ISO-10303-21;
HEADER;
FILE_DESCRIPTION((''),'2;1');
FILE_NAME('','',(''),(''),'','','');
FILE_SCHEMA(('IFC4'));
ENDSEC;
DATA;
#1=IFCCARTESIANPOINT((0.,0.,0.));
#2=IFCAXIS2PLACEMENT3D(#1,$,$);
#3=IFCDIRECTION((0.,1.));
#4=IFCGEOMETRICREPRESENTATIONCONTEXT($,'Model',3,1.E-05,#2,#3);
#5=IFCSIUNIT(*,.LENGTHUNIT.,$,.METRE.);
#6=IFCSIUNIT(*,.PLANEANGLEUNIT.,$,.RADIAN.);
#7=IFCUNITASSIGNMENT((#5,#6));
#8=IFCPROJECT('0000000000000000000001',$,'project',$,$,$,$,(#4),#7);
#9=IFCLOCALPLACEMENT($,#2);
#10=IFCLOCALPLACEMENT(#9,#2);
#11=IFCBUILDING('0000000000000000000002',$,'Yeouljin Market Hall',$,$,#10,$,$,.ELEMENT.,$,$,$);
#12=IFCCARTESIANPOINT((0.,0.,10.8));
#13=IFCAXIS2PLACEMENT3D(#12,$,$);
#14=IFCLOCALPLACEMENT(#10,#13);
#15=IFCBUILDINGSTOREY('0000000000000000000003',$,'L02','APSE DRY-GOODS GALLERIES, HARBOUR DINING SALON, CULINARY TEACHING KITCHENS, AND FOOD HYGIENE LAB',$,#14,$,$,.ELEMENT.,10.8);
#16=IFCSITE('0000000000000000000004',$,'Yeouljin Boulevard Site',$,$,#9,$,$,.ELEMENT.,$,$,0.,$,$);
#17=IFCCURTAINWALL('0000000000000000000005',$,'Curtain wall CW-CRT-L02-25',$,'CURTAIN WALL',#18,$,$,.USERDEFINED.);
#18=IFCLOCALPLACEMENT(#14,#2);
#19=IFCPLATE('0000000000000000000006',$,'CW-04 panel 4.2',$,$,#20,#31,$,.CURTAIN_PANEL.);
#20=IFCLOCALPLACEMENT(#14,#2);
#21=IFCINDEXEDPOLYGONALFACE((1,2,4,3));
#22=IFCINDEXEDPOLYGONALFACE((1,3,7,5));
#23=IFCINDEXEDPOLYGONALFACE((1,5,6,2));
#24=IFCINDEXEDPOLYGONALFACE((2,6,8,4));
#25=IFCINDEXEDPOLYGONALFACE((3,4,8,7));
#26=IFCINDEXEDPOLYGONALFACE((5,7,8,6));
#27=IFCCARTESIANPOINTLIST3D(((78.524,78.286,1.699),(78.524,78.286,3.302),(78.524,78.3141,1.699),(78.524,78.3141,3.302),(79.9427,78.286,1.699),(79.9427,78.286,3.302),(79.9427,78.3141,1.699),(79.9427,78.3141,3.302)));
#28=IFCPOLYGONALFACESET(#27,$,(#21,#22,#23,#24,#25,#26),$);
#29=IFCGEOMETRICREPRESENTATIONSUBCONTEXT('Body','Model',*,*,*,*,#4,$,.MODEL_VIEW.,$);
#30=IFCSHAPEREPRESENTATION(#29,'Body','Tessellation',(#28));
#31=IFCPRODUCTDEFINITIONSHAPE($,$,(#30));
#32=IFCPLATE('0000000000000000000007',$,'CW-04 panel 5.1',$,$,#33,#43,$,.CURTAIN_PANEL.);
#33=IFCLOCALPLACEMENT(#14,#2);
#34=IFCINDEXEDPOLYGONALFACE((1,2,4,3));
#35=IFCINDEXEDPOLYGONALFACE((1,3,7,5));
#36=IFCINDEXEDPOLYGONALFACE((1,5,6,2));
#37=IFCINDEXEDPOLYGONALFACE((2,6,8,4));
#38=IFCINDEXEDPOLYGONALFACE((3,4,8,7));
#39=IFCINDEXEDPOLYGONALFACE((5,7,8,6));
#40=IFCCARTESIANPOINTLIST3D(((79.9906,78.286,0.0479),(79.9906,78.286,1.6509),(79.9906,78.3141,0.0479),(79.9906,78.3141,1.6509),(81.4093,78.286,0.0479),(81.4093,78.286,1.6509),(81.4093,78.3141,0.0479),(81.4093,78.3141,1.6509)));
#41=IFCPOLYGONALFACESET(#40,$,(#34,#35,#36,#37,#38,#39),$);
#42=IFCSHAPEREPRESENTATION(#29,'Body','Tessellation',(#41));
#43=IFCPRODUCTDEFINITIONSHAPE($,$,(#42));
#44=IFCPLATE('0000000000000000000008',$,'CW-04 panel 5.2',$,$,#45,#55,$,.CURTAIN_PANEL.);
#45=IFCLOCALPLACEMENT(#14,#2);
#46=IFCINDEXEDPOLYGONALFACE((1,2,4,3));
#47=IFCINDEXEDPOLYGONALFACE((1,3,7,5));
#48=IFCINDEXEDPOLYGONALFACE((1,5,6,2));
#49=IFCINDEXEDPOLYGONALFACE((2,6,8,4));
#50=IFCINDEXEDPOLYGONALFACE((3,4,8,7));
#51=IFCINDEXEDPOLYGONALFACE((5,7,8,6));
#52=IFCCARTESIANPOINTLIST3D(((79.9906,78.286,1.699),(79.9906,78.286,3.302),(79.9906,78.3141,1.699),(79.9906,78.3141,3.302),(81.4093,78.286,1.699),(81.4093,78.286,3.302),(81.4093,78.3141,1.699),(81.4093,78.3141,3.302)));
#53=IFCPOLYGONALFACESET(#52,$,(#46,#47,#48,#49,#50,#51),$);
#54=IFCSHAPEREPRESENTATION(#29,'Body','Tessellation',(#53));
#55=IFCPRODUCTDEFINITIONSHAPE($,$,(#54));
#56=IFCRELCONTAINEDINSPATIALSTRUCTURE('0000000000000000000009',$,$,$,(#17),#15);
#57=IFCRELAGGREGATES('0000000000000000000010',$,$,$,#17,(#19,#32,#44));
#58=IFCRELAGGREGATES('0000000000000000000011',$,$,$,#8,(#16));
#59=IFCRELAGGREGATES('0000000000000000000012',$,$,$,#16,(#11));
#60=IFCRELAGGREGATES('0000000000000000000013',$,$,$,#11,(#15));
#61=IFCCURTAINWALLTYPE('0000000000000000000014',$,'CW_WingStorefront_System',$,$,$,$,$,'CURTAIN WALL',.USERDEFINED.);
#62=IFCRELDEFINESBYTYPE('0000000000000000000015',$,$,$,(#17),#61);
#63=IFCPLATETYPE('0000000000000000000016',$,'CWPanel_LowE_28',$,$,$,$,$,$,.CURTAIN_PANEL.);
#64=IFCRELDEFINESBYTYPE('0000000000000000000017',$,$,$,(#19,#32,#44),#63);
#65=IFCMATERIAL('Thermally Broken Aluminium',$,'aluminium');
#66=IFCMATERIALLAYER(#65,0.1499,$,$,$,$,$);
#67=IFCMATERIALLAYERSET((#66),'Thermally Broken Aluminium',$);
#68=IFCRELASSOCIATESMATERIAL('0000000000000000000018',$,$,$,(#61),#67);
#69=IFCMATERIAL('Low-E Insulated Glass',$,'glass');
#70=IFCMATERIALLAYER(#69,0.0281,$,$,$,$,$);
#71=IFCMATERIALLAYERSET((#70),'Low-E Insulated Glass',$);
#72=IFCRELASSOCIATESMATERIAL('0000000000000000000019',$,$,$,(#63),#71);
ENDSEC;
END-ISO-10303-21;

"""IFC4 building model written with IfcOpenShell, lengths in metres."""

from ifc_helpers import new_model, si_unit, direction, frame, origin, origin_2d, place, context, subcontext, project, spatial, rectangle, extrude, material, layer, layer_set, type_object, element, aggregate, save


model = new_model("IFC4")

# Units and contexts
model_context = context("Model", 3, precision=1e-05, world=origin(), true_north=direction((0.0, 1.0)))
body_context = subcontext(model_context, "Body", "Model", "MODEL_VIEW")
ifc_project = project(units=[si_unit("LENGTHUNIT", "METRE"), si_unit("PLANEANGLEUNIT", "RADIAN")], contexts=[model_context])

# Site, building, storey
site_placement = place(None, origin())
site = spatial("IfcSite", under=ifc_project, at=site_placement, Name="Yeouljin Boulevard Site", CompositionType="ELEMENT", RefElevation=0.0)
building_placement = place(site_placement, origin())
building = spatial("IfcBuilding", under=site, at=building_placement, Name="Yeouljin Market Hall", CompositionType="ELEMENT")
storey_placement = place(building_placement, frame((0.0, 0.0, 10.8)))
storey = spatial("IfcBuildingStorey", under=building, at=storey_placement, Name="L02", Description="APSE DRY-GOODS GALLERIES, HARBOUR DINING SALON, CULINARY TEACHING KITCHENS, AND FOOD HYGIENE LAB", CompositionType="ELEMENT", Elevation=10.8)

# Curtain wall
ifc_material_1 = material(Name="Thermally Broken Aluminium", Category="aluminium")
ifc_layer_1 = layer(ifc_material_1, 0.1499)
ifc_layer_set_1 = layer_set([ifc_layer_1], Name="Thermally Broken Aluminium")
curtain_wall_type = type_object("IfcCurtainWallType", Name="CW_WingStorefront_System", ElementType="CURTAIN WALL", PredefinedType="USERDEFINED", material=ifc_layer_set_1)
curtain_wall_placement = place(storey_placement, origin())
curtain_wall = element("IfcCurtainWall", 1, at=curtain_wall_placement, inside=storey, type_object=curtain_wall_type, Name="Curtain wall CW-CRT-L02-25", ObjectType="CURTAIN WALL", PredefinedType="USERDEFINED")

# Plates
ifc_material_2 = material(Name="Low-E Insulated Glass", Category="glass")
ifc_layer_2 = layer(ifc_material_2, 0.0281)
ifc_layer_set_2 = layer_set([ifc_layer_2], Name="Low-E Insulated Glass")
plate_type = type_object("IfcPlateType", Name="CWPanel_LowE_28", PredefinedType="CURTAIN_PANEL", material=ifc_layer_set_2)
plate_1_placement = place(storey_placement, frame((79.2334, 78.3, 1.699), z_axis=(0.0, 0.0, 1.0), x_axis=(1.0, 0.0, 0.0)))
plate_1 = element("IfcPlate", 2, at=plate_1_placement, type_object=plate_type, Name="CW-04 panel 4.2", PredefinedType="CURTAIN_PANEL", context=body_context, shape_type="SweptSolid", body=[
    extrude(rectangle(XDim=1.4187, YDim=0.0281, at=origin_2d()), origin(), (0.0, 0.0, 1.0), 1.603),
])
plate_2_placement = place(storey_placement, frame((80.7, 78.3, 0.0479), z_axis=(0.0, 0.0, 1.0), x_axis=(1.0, 0.0, 0.0)))
plate_2 = element("IfcPlate", 3, at=plate_2_placement, type_object=plate_type, Name="CW-04 panel 5.1", PredefinedType="CURTAIN_PANEL", context=body_context, shape_type="SweptSolid", body=[
    extrude(rectangle(XDim=1.4187, YDim=0.0281, at=origin_2d()), origin(), (0.0, 0.0, 1.0), 1.603),
])
plate_3_placement = place(storey_placement, frame((80.7, 78.3, 1.699), z_axis=(0.0, 0.0, 1.0), x_axis=(1.0, 0.0, 0.0)))
plate_3 = element("IfcPlate", 4, at=plate_3_placement, type_object=plate_type, Name="CW-04 panel 5.2", PredefinedType="CURTAIN_PANEL", context=body_context, shape_type="SweptSolid", body=[
    extrude(rectangle(XDim=1.4187, YDim=0.0281, at=origin_2d()), origin(), (0.0, 0.0, 1.0), 1.603),
])
aggregate(curtain_wall, [plate_1, plate_2, plate_3])

save(model, "model.ifc")
